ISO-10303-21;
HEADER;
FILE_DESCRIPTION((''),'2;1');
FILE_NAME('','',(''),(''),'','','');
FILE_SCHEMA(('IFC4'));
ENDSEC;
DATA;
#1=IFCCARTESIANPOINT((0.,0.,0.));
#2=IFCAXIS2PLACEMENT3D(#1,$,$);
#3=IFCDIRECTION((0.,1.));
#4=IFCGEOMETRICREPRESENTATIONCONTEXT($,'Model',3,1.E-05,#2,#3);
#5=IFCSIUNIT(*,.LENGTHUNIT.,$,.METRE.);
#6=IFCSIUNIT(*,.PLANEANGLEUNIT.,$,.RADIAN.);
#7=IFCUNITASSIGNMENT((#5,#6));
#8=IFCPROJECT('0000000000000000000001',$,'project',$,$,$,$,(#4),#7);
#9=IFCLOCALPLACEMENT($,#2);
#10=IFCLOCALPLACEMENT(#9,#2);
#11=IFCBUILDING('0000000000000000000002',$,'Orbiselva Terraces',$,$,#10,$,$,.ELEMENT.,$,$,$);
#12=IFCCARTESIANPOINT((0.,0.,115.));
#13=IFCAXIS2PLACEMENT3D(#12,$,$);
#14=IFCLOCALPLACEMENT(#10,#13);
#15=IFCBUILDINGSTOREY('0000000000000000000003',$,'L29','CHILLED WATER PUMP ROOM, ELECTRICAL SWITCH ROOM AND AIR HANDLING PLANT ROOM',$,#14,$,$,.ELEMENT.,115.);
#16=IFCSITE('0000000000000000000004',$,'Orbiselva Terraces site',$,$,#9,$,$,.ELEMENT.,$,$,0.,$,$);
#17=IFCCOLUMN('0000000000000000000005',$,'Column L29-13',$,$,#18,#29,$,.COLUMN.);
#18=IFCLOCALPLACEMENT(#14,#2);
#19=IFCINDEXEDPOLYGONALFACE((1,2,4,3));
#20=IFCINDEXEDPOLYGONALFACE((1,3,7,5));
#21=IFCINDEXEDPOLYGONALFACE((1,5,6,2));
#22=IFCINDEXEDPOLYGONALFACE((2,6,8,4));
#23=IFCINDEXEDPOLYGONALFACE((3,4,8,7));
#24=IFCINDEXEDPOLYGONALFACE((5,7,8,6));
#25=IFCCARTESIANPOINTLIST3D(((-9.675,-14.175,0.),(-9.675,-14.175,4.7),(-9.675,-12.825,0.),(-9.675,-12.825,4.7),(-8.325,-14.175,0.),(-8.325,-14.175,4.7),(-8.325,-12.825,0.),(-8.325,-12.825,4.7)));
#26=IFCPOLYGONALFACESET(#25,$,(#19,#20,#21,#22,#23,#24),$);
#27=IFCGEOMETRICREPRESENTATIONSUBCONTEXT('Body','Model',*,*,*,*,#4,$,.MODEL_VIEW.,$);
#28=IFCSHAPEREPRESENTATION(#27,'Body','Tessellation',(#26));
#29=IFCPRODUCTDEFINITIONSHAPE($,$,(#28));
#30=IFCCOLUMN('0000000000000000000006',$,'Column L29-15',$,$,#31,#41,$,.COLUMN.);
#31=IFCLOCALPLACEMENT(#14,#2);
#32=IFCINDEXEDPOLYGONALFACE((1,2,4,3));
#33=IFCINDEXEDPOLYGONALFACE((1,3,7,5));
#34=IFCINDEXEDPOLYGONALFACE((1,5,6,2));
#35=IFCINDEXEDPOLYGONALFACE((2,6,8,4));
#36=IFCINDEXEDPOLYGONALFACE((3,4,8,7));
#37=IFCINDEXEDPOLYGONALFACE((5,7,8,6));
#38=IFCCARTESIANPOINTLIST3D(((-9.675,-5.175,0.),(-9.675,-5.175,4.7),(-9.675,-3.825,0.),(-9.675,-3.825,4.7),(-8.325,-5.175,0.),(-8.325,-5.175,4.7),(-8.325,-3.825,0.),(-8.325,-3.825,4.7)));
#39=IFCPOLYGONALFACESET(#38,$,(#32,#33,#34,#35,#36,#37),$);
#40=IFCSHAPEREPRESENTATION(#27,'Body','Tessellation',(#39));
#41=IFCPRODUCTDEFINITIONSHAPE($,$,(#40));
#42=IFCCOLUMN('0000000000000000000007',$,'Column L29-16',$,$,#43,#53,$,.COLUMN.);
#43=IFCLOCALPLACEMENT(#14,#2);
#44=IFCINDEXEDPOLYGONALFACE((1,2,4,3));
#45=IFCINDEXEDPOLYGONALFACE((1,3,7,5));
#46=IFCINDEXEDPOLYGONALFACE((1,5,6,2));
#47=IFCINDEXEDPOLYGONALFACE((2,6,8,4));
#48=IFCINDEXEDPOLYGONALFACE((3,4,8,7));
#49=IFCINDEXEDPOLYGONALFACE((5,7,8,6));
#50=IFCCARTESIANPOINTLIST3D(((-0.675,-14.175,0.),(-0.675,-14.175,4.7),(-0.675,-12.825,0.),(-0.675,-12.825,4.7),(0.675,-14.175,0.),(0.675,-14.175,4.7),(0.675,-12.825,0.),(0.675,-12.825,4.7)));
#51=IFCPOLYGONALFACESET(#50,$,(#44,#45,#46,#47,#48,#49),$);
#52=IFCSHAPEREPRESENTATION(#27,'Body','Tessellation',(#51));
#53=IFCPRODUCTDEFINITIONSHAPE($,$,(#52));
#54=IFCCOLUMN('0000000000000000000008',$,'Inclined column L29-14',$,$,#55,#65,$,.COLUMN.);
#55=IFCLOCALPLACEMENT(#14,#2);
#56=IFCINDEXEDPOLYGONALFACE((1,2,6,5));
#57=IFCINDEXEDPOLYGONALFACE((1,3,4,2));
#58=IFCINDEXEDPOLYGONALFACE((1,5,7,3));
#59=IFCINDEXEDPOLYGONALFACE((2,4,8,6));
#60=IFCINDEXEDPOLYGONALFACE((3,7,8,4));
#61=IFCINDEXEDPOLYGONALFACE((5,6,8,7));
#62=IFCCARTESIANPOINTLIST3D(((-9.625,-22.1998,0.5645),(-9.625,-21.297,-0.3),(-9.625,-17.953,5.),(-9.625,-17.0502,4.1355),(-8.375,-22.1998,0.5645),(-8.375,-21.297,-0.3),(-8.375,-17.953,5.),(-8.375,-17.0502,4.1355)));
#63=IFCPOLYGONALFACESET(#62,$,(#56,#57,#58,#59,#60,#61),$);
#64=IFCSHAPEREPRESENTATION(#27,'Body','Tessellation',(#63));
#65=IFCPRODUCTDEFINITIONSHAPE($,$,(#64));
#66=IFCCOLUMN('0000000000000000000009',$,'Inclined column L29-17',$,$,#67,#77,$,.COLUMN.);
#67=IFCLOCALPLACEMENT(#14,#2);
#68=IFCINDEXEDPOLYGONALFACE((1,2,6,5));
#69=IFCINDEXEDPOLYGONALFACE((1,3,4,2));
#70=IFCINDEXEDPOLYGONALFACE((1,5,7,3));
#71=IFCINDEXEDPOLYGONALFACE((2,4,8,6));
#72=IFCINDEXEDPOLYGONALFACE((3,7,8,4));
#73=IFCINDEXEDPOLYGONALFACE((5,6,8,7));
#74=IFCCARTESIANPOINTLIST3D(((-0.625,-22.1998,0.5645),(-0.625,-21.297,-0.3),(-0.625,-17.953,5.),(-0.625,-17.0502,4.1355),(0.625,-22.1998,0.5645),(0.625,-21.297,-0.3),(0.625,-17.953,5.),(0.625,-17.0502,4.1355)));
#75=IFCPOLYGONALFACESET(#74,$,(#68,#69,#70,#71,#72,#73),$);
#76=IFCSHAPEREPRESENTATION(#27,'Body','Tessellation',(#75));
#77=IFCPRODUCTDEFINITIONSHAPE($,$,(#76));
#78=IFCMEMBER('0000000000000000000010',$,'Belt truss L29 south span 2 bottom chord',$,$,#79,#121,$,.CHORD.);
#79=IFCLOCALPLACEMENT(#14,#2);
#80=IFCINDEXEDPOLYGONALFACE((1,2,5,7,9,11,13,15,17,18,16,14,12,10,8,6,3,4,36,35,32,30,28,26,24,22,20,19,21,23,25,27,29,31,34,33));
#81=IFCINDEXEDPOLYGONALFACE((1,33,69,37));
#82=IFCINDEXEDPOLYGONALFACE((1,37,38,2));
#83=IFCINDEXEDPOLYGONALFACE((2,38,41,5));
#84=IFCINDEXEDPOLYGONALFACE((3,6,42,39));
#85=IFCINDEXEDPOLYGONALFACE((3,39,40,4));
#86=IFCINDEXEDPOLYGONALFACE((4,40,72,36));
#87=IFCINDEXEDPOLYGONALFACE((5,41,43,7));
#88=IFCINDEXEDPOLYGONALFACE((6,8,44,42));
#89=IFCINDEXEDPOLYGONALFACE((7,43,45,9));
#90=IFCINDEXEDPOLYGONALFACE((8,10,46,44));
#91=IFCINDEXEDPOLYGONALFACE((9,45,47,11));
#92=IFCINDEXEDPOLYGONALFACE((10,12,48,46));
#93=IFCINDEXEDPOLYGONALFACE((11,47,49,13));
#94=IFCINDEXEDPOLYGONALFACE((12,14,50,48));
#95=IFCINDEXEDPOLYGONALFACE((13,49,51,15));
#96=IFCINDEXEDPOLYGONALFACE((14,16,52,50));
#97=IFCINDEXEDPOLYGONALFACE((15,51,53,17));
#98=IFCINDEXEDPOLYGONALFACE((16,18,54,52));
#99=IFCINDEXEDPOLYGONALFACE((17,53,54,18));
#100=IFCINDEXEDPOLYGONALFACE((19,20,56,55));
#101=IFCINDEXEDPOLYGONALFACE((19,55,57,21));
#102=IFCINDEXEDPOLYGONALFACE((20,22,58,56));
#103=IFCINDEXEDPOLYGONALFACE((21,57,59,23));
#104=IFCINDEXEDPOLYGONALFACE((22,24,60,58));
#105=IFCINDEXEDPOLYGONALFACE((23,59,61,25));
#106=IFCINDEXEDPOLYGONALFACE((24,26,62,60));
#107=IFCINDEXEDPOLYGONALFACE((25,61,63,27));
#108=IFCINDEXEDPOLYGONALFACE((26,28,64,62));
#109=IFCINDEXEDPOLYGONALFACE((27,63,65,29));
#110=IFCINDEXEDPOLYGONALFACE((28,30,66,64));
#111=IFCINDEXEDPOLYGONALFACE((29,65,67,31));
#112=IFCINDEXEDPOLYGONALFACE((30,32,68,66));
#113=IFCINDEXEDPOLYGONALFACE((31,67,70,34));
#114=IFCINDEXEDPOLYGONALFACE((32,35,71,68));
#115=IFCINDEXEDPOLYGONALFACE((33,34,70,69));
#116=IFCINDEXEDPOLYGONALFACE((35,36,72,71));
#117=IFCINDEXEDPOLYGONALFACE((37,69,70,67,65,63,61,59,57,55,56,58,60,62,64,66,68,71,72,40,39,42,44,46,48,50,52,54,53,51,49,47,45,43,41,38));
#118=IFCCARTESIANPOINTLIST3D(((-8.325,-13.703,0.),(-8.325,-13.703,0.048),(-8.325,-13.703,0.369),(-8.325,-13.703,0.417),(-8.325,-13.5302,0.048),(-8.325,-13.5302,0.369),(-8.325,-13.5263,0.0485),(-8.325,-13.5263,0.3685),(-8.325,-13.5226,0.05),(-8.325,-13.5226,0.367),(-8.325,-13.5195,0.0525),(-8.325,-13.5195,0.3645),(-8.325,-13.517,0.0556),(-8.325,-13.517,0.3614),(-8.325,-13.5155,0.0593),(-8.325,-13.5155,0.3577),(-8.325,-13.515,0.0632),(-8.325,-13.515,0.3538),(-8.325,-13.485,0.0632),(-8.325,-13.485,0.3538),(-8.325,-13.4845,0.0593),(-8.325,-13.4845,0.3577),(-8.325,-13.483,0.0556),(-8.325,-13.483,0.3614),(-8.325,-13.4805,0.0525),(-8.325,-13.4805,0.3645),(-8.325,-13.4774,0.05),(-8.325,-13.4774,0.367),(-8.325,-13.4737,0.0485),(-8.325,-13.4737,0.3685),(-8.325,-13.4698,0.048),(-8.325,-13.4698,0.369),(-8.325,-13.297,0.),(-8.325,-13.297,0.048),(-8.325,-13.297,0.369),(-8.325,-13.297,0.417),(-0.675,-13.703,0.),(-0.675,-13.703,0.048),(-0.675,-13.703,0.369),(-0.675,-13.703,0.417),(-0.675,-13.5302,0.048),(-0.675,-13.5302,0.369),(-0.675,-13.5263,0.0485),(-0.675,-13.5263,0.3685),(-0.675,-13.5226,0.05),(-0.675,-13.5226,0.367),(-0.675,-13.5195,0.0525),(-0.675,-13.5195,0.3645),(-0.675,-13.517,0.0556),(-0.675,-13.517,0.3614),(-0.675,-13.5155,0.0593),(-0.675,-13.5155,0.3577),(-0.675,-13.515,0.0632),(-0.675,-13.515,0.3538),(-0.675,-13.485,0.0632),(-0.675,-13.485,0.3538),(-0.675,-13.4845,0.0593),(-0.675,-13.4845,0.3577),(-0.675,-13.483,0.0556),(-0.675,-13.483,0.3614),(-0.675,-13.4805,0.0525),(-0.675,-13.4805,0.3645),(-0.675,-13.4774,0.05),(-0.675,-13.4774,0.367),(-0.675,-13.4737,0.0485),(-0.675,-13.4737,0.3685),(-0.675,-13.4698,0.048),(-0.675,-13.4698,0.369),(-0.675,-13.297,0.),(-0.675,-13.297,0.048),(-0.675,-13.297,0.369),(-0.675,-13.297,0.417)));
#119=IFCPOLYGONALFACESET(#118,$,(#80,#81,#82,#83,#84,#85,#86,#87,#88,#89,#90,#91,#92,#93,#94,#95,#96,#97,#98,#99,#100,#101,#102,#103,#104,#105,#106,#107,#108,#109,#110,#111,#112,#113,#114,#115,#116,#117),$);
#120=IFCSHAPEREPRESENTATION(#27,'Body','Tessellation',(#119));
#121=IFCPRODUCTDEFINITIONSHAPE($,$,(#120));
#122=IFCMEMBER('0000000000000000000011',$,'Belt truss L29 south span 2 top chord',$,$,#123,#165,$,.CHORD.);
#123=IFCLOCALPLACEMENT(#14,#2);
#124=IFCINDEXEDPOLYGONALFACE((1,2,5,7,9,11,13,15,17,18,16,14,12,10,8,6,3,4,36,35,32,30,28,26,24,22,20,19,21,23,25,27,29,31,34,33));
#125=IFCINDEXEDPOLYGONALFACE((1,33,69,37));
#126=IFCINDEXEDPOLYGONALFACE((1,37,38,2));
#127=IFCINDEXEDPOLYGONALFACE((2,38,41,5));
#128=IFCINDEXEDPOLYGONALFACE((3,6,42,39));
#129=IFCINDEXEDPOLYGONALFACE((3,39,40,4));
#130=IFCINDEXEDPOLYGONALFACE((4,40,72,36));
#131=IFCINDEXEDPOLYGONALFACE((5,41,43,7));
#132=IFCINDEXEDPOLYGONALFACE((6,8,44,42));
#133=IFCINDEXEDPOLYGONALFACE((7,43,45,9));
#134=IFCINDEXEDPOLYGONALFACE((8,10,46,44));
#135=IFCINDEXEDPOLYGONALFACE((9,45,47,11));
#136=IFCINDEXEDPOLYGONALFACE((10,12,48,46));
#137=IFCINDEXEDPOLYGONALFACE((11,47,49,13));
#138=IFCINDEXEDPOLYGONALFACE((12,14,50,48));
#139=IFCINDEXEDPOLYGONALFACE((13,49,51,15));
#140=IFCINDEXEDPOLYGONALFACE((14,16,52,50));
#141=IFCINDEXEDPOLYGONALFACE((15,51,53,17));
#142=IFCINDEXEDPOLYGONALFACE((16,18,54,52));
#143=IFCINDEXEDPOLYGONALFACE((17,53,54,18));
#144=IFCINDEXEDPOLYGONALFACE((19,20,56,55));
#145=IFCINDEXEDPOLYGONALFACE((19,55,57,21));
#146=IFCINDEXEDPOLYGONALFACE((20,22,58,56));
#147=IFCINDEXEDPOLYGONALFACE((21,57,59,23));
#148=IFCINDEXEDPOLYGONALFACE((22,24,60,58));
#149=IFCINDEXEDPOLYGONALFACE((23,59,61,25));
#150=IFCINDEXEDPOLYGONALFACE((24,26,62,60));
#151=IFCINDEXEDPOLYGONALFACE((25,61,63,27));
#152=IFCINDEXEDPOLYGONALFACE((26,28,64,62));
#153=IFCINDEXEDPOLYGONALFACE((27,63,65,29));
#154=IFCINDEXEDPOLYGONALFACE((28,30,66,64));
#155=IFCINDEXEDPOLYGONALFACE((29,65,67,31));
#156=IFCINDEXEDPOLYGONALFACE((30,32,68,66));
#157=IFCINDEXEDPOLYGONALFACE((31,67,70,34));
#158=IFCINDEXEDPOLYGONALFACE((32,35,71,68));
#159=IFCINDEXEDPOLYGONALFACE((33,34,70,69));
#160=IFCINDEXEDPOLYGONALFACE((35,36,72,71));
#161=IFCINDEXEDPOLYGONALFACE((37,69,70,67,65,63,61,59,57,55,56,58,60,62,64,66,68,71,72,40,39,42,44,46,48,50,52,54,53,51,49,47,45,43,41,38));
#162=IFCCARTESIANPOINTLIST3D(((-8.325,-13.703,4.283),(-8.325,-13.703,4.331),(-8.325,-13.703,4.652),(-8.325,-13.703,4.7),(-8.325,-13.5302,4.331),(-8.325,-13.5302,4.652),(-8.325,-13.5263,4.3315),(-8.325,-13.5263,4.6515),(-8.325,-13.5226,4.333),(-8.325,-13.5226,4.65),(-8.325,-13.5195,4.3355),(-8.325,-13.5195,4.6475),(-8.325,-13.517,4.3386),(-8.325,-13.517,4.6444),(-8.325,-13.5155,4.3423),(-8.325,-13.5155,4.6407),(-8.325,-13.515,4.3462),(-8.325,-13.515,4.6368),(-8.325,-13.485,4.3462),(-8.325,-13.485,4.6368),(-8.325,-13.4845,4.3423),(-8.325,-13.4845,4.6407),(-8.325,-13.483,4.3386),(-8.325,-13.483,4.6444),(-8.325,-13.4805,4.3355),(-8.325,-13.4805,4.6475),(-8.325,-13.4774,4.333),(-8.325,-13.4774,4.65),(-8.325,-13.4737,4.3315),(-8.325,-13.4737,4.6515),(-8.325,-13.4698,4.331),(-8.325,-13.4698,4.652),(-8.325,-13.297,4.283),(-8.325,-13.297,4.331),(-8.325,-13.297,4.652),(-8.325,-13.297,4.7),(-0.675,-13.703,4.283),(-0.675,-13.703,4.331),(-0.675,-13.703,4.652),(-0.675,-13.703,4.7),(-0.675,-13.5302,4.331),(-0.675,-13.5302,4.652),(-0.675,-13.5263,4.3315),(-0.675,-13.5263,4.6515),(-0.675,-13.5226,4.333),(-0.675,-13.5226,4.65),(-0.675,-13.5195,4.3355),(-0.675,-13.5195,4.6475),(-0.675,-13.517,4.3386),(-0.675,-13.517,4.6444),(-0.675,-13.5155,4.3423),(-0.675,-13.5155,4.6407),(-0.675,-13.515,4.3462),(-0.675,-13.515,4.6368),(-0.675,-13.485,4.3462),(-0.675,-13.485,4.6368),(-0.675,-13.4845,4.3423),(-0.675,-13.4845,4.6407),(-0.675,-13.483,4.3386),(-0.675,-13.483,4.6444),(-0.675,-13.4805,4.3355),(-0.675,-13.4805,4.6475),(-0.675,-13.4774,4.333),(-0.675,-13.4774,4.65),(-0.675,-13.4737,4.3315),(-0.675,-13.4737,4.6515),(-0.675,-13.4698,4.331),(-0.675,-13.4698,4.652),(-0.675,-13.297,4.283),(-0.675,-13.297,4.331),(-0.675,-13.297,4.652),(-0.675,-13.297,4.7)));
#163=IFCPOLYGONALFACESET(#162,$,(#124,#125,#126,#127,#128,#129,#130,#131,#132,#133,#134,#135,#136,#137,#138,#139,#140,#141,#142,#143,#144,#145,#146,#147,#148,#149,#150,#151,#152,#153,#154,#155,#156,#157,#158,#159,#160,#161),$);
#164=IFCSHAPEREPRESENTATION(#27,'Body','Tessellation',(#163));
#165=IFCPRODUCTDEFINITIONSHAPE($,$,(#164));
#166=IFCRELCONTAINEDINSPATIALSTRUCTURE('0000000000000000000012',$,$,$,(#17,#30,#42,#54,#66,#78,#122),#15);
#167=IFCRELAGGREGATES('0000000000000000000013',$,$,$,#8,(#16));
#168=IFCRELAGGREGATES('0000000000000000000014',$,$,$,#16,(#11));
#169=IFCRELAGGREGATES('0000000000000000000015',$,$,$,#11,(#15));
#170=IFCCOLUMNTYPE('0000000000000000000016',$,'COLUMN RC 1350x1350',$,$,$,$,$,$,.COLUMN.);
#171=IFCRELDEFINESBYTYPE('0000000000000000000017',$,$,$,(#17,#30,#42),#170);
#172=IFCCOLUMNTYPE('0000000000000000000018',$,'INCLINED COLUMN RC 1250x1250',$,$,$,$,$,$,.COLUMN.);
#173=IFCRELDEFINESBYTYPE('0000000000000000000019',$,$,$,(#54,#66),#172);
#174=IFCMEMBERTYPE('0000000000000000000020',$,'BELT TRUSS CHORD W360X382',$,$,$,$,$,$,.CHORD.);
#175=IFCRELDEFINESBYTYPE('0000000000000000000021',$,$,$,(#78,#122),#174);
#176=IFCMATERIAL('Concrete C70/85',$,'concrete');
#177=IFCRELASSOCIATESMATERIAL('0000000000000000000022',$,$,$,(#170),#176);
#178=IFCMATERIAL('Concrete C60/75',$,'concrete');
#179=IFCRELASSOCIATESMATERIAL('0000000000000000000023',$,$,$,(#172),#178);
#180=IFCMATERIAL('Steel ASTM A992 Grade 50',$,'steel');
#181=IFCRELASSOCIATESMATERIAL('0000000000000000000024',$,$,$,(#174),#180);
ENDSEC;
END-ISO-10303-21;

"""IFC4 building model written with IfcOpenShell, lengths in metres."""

from ifc_helpers import new_model, si_unit, direction, frame, origin, origin_2d, place, context, subcontext, project, spatial, rectangle, i_section, extrude, material, material_profile, profile_set, type_object, element, save


model = new_model("IFC4")

# Units and contexts
model_context = context("Model", 3, precision=1e-05, world=origin(), true_north=direction((0.0, 1.0)))
body_context = subcontext(model_context, "Body", "Model", "MODEL_VIEW")
ifc_project = project(units=[si_unit("LENGTHUNIT", "METRE"), si_unit("PLANEANGLEUNIT", "RADIAN")], contexts=[model_context])

# Site, building, storey
site_placement = place(None, origin())
site = spatial("IfcSite", under=ifc_project, at=site_placement, Name="Orbiselva Terraces site", CompositionType="ELEMENT", RefElevation=0.0)
building_placement = place(site_placement, origin())
building = spatial("IfcBuilding", under=site, at=building_placement, Name="Orbiselva Terraces", CompositionType="ELEMENT")
storey_placement = place(building_placement, frame((0.0, 0.0, 115.0)))
storey = spatial("IfcBuildingStorey", under=building, at=storey_placement, Name="L29", Description="CHILLED WATER PUMP ROOM, ELECTRICAL SWITCH ROOM AND AIR HANDLING PLANT ROOM", CompositionType="ELEMENT", Elevation=115.0)

# Columns
ifc_material_1 = material(Name="Concrete C70/85", Category="concrete")
ifc_material_profile_1 = material_profile(ifc_material_1, rectangle(XDim=1.35, YDim=1.35, at=origin_2d()), Name="RC 1350x1350")
ifc_profile_set_1 = profile_set([ifc_material_profile_1], Name="Concrete C70/85")
column_type_1 = type_object("IfcColumnType", Name="COLUMN RC 1350x1350", PredefinedType="COLUMN", material=ifc_profile_set_1)
for number, where, z_axis, x_axis, name in (
    (1, (-9.0, -13.5, 0.0), (0.0, 0.0, 1.0), (1.0, 0.0, 0.0), "Column L29-13"),
    (2, (-9.0, -4.5, 0.0), (0.0, 0.0, 1.0), (1.0, 0.0, 0.0), "Column L29-15"),
    (3, (0.0, -13.5, 0.0), (0.0, 0.0, 1.0), (1.0, 0.0, 0.0), "Column L29-16"),
):
    element("IfcColumn", number, at=place(storey_placement, frame(where, z_axis=z_axis, x_axis=x_axis)), inside=storey, type_object=column_type_1, Name=name, PredefinedType="COLUMN", context=body_context, shape_type="SweptSolid", body=[
        extrude(rectangle(XDim=1.35, YDim=1.35, at=origin_2d()), origin(), (0.0, 0.0, 1.0), 4.7),
    ])
ifc_material_2 = material(Name="Concrete C60/75", Category="concrete")
ifc_material_profile_2 = material_profile(ifc_material_2, rectangle(XDim=1.25, YDim=1.25, at=origin_2d()), Name="RC 1250x1250")
ifc_profile_set_2 = profile_set([ifc_material_profile_2], Name="Concrete C60/75")
column_type_2 = type_object("IfcColumnType", Name="INCLINED COLUMN RC 1250x1250", PredefinedType="COLUMN", material=ifc_profile_set_2)
for number, where, z_axis, x_axis, name in (
    (4, (-9.0, -21.7484, 0.1322), (0.0, 0.691572, 0.722308), (-1.0, 0.0, 0.0), "Inclined column L29-14"),
    (5, (0.0, -21.7484, 0.1322), (0.0, 0.691572, 0.722308), (-1.0, 0.0, 0.0), "Inclined column L29-17"),
):
    element("IfcColumn", number, at=place(storey_placement, frame(where, z_axis=z_axis, x_axis=x_axis)), inside=storey, type_object=column_type_2, Name=name, PredefinedType="COLUMN", context=body_context, shape_type="SweptSolid", body=[
        extrude(rectangle(XDim=1.25, YDim=1.25, at=origin_2d()), origin(), (0.0, 0.0, 1.0), 6.1408),
    ])

# Members
ifc_material_3 = material(Name="Steel ASTM A992 Grade 50", Category="steel")
ifc_material_profile_3 = material_profile(ifc_material_3, i_section(OverallWidth=0.406, OverallDepth=0.417, WebThickness=0.03, FlangeThickness=0.048, FilletRadius=0.0152, at=origin_2d()), Name="W360X382")
ifc_profile_set_3 = profile_set([ifc_material_profile_3], Name="Steel ASTM A992 Grade 50")
member_type_1 = type_object("IfcMemberType", Name="BELT TRUSS CHORD W360X382", PredefinedType="CHORD", material=ifc_profile_set_3)
for number, where, z_axis, x_axis, name in (
    (6, (-8.325, -13.5, 0.2085), (1.0, 0.0, 0.0), (0.0, 1.0, 0.0), "Belt truss L29 south span 2 bottom chord"),
    (7, (-8.325, -13.5, 4.4915), (1.0, 0.0, 0.0), (0.0, 1.0, 0.0), "Belt truss L29 south span 2 top chord"),
):
    element("IfcMember", number, at=place(storey_placement, frame(where, z_axis=z_axis, x_axis=x_axis)), inside=storey, type_object=member_type_1, Name=name, PredefinedType="CHORD", context=body_context, shape_type="SweptSolid", body=[
        extrude(i_section(OverallWidth=0.406, OverallDepth=0.417, WebThickness=0.03, FlangeThickness=0.048, FilletRadius=0.0152, at=origin_2d()), origin(), (0.0, 0.0, 1.0), 7.65),
    ])

save(model, "model.ifc")
